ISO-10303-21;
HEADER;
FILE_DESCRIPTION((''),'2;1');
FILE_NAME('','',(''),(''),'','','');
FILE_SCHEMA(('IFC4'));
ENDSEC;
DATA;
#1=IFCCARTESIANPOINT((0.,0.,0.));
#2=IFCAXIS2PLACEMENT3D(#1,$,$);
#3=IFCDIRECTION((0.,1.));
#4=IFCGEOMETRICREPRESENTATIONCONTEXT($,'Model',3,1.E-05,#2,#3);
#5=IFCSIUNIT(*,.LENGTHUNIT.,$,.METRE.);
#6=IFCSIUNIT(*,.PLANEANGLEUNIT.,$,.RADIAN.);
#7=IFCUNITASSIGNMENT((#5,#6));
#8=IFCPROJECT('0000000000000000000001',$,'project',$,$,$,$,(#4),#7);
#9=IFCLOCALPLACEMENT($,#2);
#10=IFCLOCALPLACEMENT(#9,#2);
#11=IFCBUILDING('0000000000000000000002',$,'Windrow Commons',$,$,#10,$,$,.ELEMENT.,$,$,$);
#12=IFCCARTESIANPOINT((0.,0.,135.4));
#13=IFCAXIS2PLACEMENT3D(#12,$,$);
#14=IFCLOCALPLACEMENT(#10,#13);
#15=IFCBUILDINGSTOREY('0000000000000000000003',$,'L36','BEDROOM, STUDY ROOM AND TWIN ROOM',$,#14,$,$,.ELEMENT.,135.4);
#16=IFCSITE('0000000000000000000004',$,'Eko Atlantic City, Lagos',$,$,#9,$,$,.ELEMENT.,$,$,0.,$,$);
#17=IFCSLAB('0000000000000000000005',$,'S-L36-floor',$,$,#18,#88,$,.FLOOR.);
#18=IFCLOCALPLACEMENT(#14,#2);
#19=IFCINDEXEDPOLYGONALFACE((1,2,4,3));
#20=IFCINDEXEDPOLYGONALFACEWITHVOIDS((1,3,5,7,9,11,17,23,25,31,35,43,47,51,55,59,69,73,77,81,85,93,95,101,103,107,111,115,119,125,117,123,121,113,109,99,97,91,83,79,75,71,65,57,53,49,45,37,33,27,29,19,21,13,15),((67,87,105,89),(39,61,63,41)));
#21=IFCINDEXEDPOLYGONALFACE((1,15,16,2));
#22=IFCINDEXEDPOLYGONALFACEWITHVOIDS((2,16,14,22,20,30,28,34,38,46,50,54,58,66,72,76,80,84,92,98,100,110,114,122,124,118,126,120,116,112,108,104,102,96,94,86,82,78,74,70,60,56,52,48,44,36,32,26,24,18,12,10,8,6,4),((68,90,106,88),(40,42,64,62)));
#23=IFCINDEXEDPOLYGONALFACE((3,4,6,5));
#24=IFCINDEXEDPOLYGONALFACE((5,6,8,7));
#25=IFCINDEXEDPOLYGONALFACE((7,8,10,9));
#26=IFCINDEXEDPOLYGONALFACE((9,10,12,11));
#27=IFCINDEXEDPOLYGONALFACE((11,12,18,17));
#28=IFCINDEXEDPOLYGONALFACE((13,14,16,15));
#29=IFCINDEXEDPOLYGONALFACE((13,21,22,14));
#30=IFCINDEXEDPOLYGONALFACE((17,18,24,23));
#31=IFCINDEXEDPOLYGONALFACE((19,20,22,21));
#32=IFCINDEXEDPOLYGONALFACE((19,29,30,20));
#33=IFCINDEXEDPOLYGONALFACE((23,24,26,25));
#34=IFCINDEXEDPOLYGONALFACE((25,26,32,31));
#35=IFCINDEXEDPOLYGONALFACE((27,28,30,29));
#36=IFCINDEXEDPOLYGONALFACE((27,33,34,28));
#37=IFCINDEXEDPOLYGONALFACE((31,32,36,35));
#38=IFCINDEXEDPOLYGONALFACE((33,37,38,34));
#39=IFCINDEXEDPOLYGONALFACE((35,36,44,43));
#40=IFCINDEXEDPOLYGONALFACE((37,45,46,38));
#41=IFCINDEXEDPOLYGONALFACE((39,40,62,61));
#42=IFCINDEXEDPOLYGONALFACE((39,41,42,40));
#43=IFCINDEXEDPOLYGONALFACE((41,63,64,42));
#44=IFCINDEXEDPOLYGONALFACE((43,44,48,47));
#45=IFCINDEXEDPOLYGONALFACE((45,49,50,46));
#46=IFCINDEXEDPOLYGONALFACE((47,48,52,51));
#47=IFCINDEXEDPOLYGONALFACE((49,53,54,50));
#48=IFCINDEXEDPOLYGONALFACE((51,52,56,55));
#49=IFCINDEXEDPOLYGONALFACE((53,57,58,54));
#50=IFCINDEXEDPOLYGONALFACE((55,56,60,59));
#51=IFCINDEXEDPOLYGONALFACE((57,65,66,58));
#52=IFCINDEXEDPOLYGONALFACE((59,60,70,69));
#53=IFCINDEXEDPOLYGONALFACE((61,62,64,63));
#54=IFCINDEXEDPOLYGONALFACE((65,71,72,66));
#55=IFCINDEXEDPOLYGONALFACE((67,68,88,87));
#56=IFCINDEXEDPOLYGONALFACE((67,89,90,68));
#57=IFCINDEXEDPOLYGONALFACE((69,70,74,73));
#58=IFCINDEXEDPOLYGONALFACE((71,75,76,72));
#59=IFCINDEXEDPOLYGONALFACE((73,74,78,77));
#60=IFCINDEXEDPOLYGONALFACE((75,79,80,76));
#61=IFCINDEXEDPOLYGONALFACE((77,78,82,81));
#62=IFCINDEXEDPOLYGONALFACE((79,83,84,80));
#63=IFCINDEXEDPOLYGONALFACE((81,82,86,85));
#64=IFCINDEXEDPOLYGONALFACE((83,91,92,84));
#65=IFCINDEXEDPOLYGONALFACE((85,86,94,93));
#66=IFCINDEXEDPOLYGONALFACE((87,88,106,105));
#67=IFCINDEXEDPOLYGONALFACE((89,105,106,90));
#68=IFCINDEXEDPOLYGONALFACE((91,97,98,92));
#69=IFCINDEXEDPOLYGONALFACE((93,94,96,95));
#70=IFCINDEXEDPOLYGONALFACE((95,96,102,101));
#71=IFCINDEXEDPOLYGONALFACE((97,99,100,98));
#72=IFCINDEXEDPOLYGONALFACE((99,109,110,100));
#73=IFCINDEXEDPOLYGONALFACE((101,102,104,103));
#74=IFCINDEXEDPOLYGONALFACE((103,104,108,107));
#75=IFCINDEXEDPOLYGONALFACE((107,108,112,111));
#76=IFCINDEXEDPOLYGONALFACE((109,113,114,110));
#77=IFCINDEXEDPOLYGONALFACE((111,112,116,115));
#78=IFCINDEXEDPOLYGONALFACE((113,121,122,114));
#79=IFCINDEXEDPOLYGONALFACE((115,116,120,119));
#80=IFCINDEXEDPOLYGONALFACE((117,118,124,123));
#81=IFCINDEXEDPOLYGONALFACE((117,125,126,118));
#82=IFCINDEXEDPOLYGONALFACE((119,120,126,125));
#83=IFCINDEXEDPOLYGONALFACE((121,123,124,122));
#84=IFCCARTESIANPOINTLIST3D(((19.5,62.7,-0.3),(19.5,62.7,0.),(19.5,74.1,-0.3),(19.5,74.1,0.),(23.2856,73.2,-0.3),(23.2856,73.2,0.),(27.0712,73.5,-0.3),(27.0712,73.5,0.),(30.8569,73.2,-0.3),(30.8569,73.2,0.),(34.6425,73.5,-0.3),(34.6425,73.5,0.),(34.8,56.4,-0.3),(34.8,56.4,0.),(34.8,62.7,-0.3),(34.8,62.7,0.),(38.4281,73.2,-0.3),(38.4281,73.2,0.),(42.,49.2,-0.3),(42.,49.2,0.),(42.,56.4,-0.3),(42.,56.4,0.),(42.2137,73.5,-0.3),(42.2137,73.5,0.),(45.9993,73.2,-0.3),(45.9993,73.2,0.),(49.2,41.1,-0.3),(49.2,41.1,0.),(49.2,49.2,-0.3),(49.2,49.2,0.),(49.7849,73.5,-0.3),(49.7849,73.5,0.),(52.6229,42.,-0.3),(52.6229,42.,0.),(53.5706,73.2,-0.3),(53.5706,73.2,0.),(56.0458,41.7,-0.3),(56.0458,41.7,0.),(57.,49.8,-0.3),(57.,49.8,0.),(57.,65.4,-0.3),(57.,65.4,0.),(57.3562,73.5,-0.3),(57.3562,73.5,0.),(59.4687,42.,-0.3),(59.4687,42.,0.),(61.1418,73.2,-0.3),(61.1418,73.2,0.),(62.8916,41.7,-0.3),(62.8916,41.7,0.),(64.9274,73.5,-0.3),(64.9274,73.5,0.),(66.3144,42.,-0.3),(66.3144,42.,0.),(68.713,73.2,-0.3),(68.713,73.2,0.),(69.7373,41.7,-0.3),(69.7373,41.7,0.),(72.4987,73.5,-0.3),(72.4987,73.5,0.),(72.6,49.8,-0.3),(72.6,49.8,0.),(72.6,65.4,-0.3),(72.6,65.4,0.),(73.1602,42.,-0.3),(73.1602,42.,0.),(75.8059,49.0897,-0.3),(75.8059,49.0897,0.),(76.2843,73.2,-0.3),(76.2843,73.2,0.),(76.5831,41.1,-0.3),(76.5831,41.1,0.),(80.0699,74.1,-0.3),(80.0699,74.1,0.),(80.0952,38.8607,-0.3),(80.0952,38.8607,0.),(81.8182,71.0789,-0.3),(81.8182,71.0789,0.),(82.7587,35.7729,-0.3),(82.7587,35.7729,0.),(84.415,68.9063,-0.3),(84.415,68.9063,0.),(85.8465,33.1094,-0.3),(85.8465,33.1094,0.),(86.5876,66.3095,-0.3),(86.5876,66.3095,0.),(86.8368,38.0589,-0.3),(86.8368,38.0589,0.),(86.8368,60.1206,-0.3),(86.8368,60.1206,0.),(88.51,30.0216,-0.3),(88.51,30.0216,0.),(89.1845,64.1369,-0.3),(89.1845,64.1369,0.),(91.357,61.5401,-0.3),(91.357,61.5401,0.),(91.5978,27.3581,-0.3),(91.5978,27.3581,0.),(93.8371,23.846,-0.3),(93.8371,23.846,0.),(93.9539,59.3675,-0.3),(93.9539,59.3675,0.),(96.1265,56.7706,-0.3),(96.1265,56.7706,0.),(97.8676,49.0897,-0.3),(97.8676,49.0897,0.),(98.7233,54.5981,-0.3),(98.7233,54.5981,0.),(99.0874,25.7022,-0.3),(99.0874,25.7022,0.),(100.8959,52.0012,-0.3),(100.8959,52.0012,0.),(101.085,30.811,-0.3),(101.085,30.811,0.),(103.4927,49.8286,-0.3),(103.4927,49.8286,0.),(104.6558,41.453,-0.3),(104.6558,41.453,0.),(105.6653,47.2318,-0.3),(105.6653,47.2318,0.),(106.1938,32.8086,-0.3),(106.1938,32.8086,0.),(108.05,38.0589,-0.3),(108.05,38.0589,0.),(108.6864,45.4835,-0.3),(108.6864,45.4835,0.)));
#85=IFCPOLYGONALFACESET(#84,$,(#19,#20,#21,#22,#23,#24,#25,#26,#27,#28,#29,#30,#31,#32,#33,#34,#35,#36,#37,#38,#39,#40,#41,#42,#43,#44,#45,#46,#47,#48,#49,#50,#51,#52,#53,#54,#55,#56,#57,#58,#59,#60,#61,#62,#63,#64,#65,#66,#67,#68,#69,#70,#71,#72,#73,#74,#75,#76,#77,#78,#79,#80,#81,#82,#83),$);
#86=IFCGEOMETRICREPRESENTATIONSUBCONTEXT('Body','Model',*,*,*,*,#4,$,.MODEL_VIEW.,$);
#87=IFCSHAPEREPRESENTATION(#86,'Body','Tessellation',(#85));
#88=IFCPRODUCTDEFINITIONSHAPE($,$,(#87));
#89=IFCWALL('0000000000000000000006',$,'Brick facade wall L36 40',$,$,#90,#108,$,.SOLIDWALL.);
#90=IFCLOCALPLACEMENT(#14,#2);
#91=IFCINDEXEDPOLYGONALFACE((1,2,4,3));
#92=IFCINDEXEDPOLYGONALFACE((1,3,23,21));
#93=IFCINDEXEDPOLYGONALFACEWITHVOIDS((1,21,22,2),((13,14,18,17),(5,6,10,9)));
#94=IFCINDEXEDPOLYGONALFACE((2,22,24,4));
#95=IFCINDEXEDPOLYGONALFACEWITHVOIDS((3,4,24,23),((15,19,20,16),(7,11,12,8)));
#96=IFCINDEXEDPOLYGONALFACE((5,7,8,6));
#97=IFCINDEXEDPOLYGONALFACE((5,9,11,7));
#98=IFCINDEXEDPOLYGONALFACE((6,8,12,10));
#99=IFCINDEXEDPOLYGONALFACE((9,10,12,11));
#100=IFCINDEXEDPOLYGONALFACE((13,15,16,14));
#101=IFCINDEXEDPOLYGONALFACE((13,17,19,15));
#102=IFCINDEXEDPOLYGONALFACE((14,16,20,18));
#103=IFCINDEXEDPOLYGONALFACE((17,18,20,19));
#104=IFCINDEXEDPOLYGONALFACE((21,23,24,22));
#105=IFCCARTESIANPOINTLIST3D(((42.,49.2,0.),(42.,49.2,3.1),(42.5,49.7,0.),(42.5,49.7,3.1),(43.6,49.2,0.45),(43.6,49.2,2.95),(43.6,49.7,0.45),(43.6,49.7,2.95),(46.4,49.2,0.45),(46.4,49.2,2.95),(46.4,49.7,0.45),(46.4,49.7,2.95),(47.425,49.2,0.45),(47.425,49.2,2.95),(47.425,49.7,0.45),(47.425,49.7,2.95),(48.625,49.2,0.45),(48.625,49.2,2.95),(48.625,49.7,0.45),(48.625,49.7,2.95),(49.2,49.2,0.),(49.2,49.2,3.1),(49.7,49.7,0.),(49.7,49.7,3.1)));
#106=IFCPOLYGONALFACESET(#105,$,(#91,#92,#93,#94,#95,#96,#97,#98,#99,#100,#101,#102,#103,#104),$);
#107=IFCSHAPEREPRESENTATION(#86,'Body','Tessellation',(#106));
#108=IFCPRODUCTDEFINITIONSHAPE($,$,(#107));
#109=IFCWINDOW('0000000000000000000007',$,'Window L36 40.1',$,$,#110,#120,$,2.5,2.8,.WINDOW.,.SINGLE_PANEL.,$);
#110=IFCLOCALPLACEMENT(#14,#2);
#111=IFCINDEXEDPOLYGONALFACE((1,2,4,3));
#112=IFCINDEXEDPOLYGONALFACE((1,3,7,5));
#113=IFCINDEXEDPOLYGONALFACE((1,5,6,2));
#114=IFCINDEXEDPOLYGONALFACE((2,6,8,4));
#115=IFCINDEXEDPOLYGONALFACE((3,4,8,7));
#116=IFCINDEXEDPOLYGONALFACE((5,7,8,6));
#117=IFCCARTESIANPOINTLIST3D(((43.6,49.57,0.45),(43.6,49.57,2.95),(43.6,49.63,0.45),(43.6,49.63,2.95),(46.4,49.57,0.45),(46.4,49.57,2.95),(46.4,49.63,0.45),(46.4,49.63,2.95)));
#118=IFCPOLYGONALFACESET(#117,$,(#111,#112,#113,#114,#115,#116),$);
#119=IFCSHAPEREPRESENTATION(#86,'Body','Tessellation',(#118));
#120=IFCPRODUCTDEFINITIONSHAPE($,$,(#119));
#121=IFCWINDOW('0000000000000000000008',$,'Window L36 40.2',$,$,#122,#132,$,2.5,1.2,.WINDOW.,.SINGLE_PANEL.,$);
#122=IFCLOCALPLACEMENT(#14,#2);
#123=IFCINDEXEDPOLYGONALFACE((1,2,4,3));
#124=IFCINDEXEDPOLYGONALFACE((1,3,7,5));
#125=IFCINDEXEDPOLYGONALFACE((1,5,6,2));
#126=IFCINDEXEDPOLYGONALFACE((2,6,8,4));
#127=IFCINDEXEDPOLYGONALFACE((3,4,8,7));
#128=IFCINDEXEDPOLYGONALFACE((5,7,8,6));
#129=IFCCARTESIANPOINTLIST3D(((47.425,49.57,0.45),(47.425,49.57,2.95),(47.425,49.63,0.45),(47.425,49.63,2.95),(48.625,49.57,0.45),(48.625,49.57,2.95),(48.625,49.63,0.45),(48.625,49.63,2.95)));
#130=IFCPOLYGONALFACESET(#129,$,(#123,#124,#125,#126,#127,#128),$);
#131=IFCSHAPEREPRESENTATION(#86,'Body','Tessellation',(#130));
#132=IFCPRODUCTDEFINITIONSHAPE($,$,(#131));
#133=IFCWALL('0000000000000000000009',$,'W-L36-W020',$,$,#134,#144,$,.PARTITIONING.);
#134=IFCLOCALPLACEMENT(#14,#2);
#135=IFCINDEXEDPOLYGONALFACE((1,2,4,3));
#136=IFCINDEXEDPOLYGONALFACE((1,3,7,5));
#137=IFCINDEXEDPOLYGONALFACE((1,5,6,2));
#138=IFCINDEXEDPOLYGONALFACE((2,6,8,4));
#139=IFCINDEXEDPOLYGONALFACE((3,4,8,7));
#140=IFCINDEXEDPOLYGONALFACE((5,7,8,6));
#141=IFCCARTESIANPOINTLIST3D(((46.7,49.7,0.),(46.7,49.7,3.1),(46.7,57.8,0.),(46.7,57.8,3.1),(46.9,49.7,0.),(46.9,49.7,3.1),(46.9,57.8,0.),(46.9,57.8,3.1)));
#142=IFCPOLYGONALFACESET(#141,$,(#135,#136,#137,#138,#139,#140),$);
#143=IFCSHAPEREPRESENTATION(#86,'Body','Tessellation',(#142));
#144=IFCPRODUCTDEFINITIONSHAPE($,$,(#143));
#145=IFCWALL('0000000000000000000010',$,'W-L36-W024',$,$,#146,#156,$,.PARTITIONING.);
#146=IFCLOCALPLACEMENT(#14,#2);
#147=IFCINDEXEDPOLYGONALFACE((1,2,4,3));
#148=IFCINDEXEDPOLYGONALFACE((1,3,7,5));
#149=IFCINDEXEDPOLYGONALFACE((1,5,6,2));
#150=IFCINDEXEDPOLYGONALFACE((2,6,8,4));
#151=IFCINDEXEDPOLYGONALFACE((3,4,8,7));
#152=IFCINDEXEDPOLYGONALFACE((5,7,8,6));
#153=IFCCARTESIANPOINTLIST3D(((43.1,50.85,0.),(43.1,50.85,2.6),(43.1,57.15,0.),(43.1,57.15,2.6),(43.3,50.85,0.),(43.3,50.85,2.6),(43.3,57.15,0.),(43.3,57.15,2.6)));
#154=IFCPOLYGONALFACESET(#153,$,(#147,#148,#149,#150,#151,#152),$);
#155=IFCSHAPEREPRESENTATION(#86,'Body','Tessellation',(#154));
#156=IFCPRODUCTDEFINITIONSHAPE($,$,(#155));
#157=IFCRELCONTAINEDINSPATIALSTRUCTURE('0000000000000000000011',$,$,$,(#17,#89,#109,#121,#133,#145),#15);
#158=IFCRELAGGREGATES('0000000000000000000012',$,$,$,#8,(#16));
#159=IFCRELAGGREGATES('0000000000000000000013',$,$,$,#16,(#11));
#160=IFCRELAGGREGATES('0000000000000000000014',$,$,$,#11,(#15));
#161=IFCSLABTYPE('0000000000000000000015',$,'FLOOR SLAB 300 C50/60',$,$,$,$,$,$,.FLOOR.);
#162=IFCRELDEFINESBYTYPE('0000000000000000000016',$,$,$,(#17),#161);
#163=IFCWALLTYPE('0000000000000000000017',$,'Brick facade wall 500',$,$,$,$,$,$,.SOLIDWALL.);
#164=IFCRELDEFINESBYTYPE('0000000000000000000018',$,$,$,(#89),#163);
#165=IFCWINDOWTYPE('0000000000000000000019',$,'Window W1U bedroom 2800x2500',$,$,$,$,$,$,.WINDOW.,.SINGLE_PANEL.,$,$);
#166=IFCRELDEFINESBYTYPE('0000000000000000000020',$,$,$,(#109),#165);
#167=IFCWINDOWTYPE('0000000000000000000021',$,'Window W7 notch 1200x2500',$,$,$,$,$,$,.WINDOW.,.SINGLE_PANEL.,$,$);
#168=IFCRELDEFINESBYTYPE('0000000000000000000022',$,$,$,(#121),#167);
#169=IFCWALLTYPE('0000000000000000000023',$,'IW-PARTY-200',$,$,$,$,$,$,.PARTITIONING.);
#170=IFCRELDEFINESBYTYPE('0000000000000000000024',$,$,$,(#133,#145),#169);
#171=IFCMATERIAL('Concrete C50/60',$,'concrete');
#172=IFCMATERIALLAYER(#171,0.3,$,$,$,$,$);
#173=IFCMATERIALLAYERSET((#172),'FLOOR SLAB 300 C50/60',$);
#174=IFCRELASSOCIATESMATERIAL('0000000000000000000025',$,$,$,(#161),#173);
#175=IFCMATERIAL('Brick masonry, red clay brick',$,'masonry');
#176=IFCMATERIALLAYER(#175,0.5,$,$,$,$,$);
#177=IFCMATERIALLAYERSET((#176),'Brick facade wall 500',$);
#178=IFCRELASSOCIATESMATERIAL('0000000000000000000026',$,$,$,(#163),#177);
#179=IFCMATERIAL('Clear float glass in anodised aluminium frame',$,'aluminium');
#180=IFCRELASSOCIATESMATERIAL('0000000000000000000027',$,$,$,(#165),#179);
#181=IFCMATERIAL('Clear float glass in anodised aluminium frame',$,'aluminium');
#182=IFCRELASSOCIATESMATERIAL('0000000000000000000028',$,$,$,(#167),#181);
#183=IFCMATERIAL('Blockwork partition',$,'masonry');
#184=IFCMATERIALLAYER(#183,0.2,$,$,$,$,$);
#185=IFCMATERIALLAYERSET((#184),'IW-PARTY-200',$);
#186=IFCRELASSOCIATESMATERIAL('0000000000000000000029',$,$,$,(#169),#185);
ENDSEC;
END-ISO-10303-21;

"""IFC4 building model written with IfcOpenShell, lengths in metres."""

from ifc_helpers import new_model, si_unit, direction, frame, frame_2d, origin, place, context, subcontext, project, spatial, polyline, rectangle, outline, extrude, material, layer, layer_set, type_object, element, fill, save


model = new_model("IFC4")

# Units and contexts
model_context = context("Model", 3, precision=1e-05, world=origin(), true_north=direction((0.0, 1.0)))
body_context = subcontext(model_context, "Body", "Model", "MODEL_VIEW")
ifc_project = project(units=[si_unit("LENGTHUNIT", "METRE"), si_unit("PLANEANGLEUNIT", "RADIAN")], contexts=[model_context])

# Site, building, storey
site_placement = place(None, origin())
site = spatial("IfcSite", under=ifc_project, at=site_placement, Name="Eko Atlantic City, Lagos", CompositionType="ELEMENT", RefElevation=0.0)
building_placement = place(site_placement, origin())
building = spatial("IfcBuilding", under=site, at=building_placement, Name="Windrow Commons", CompositionType="ELEMENT")
storey_placement = place(building_placement, frame((0.0, 0.0, 135.4)))
storey = spatial("IfcBuildingStorey", under=building, at=storey_placement, Name="L36", Description="BEDROOM, STUDY ROOM AND TWIN ROOM", CompositionType="ELEMENT", Elevation=135.4)

# Shared definitions
placement_1 = place(storey_placement, frame((0.0, 0.0, -0.3)))

# Slab, openings
ifc_material_1 = material(Name="Concrete C50/60", Category="concrete")
ifc_layer_1 = layer(ifc_material_1, 0.3)
ifc_layer_set_1 = layer_set([ifc_layer_1], Name="FLOOR SLAB 300 C50/60")
slab_type_1 = type_object("IfcSlabType", Name="FLOOR SLAB 300 C50/60", PredefinedType="FLOOR", material=ifc_layer_set_1)
slab_1 = element("IfcSlab", 1, at=placement_1, inside=storey, type_object=slab_type_1, Name="S-L36-floor", PredefinedType="FLOOR", context=body_context, shape_type="SweptSolid", body=[
    extrude(outline(polyline([(91.5978, 27.3581), (93.8371, 23.846), (99.0874, 25.7022), (101.085, 30.811), (106.1938, 32.8086), (108.05, 38.0589), (104.6558, 41.453), (108.6864, 45.4835), (105.6653, 47.2318), (103.4927, 49.8286), (100.8959, 52.0012), (98.7233, 54.5981), (96.1265, 56.7706), (93.9539, 59.3675), (91.357, 61.5401), (89.1845, 64.1369), (86.5876, 66.3095), (84.415, 68.9063), (81.8182, 71.0789), (80.0699, 74.1), (76.2843, 73.2), (72.4987, 73.5), (68.713, 73.2), (64.9274, 73.5), (61.1418, 73.2), (57.3562, 73.5), (53.5706, 73.2), (49.7849, 73.5), (45.9993, 73.2), (42.2137, 73.5), (38.4281, 73.2), (34.6425, 73.5), (30.8569, 73.2), (27.0712, 73.5), (23.2856, 73.2), (19.5, 74.1), (19.5, 62.7), (34.8, 62.7), (34.8, 56.4), (42.0, 56.4), (42.0, 49.2), (49.2, 49.2), (49.2, 41.1), (52.6229, 42.0), (56.0458, 41.7), (59.4687, 42.0), (62.8916, 41.7), (66.3144, 42.0), (69.7373, 41.7), (73.1602, 42.0), (76.5831, 41.1), (80.0952, 38.8607), (82.7587, 35.7729), (85.8465, 33.1094), (88.51, 30.0216), (91.5978, 27.3581)]), holes=[polyline([(75.8059, 49.0897), (86.8368, 60.1206), (97.8676, 49.0897), (86.8368, 38.0589), (75.8059, 49.0897)]), polyline([(57.0, 49.8), (57.0, 65.4), (72.6, 65.4), (72.6, 49.8), (57.0, 49.8)])]), origin(), (0.0, 0.0, 1.0), 0.3),
])
opening_1_placement = place(placement_1, origin())
element("IfcOpeningElement", 2, at=opening_1_placement, cuts=slab_1, PredefinedType="OPENING", context=body_context, shape_type="SweptSolid", body=[
    extrude(outline(polyline([(75.813, 49.0897), (86.8368, 60.1135), (97.8605, 49.0897), (86.8368, 38.066), (75.813, 49.0897)])), origin(), (0.0, 0.0, 1.0), 0.3),
])
opening_2_placement = place(placement_1, origin())
element("IfcOpeningElement", 3, at=opening_2_placement, cuts=slab_1, PredefinedType="OPENING", context=body_context, shape_type="SweptSolid", body=[
    extrude(outline(polyline([(57.005, 49.805), (57.005, 65.395), (72.595, 65.395), (72.595, 49.805), (57.005, 49.805)])), origin(), (0.0, 0.0, 1.0), 0.3),
])

# Wall, openings, windows
ifc_material_2 = material(Name="Brick masonry, red clay brick", Category="masonry")
ifc_layer_2 = layer(ifc_material_2, 0.5)
ifc_layer_set_2 = layer_set([ifc_layer_2], Name="Brick facade wall 500")
wall_type_1 = type_object("IfcWallType", Name="Brick facade wall 500", PredefinedType="SOLIDWALL", material=ifc_layer_set_2)
wall_1_placement = place(storey_placement, frame((42.25, 49.45, 0.0), z_axis=(0.0, 0.0, 1.0), x_axis=(1.0, 0.0, 0.0)))
wall_1 = element("IfcWall", 4, at=wall_1_placement, inside=storey, type_object=wall_type_1, Name="Brick facade wall L36 40", PredefinedType="SOLIDWALL", context=body_context, shape_type="SweptSolid", body=[
    extrude(outline(polyline([(-0.25, -0.25), (6.95, -0.25), (7.45, 0.25), (0.25, 0.25), (-0.25, -0.25)])), origin(), (0.0, 0.0, 1.0), 3.1),
])
opening_3_placement = place(wall_1_placement, frame((1.35, 0.0, 0.45)))
opening_3 = element("IfcOpeningElement", 5, at=opening_3_placement, cuts=wall_1, PredefinedType="OPENING", context=body_context, shape_type="SweptSolid", body=[
    extrude(rectangle(XDim=2.8, YDim=2.5, at=frame_2d((1.4, 1.25))), frame((0.0, 0.26, 0.0), z_axis=(0.0, -1.0, 0.0), x_axis=(1.0, 0.0, 0.0)), (0.0, 0.0, 1.0), 0.52),
])
opening_4_placement = place(wall_1_placement, frame((5.175, 0.0, 0.45)))
opening_4 = element("IfcOpeningElement", 6, at=opening_4_placement, cuts=wall_1, PredefinedType="OPENING", context=body_context, shape_type="SweptSolid", body=[
    extrude(rectangle(XDim=1.2, YDim=2.5, at=frame_2d((0.6, 1.25))), frame((0.0, 0.26, 0.0), z_axis=(0.0, -1.0, 0.0), x_axis=(1.0, 0.0, 0.0)), (0.0, 0.0, 1.0), 0.52),
])
ifc_material_3 = material(Name="Clear float glass in anodised aluminium frame", Category="aluminium")
window_type_1 = type_object("IfcWindowType", Name="Window W1U bedroom 2800x2500", PartitioningType="SINGLE_PANEL", PredefinedType="WINDOW", material=ifc_material_3)
window_1_placement = place(opening_3_placement, origin())
window_1 = element("IfcWindow", 7, at=window_1_placement, inside=storey, type_object=window_type_1, Name="Window L36 40.1", OverallHeight=2.5, OverallWidth=2.8, PartitioningType="SINGLE_PANEL", PredefinedType="WINDOW", context=body_context, shape_type="SweptSolid", body=[
    extrude(rectangle(XDim=2.8, YDim=2.5, at=frame_2d((1.4, 1.25))), frame((0.0, 0.18, 0.0), z_axis=(0.0, -1.0, 0.0), x_axis=(1.0, 0.0, 0.0)), (0.0, 0.0, 1.0), 0.06),
])
fill(opening_3, window_1)
ifc_material_4 = material(Name="Clear float glass in anodised aluminium frame", Category="aluminium")
window_type_2 = type_object("IfcWindowType", Name="Window W7 notch 1200x2500", PartitioningType="SINGLE_PANEL", PredefinedType="WINDOW", material=ifc_material_4)
window_2_placement = place(opening_4_placement, origin())
window_2 = element("IfcWindow", 8, at=window_2_placement, inside=storey, type_object=window_type_2, Name="Window L36 40.2", OverallHeight=2.5, OverallWidth=1.2, PartitioningType="SINGLE_PANEL", PredefinedType="WINDOW", context=body_context, shape_type="SweptSolid", body=[
    extrude(rectangle(XDim=1.2, YDim=2.5, at=frame_2d((0.6, 1.25))), frame((0.0, 0.18, 0.0), z_axis=(0.0, -1.0, 0.0), x_axis=(1.0, 0.0, 0.0)), (0.0, 0.0, 1.0), 0.06),
])
fill(opening_4, window_2)

# Walls
ifc_material_5 = material(Name="Blockwork partition", Category="masonry")
ifc_layer_3 = layer(ifc_material_5, 0.2)
ifc_layer_set_3 = layer_set([ifc_layer_3], Name="IW-PARTY-200")
wall_type_2 = type_object("IfcWallType", Name="IW-PARTY-200", PredefinedType="PARTITIONING", material=ifc_layer_set_3)
wall_2_placement = place(storey_placement, frame((46.8, 49.7, 0.0), z_axis=(0.0, 0.0, 1.0), x_axis=(0.0, 1.0, 0.0)))
element("IfcWall", 9, at=wall_2_placement, inside=storey, type_object=wall_type_2, Name="W-L36-W020", PredefinedType="PARTITIONING", context=body_context, shape_type="SweptSolid", body=[
    extrude(rectangle(XDim=8.1, YDim=0.2, at=frame_2d((4.05, 0.0))), origin(), (0.0, 0.0, 1.0), 3.1),
])
wall_3_placement = place(storey_placement, frame((43.2, 50.85, 0.0), z_axis=(0.0, 0.0, 1.0), x_axis=(0.0, 1.0, 0.0)))
element("IfcWall", 10, at=wall_3_placement, inside=storey, type_object=wall_type_2, Name="W-L36-W024", PredefinedType="PARTITIONING", context=body_context, shape_type="SweptSolid", body=[
    extrude(rectangle(XDim=6.3, YDim=0.2, at=frame_2d((3.15, 0.0))), origin(), (0.0, 0.0, 1.0), 2.6),
])

save(model, "model.ifc")
